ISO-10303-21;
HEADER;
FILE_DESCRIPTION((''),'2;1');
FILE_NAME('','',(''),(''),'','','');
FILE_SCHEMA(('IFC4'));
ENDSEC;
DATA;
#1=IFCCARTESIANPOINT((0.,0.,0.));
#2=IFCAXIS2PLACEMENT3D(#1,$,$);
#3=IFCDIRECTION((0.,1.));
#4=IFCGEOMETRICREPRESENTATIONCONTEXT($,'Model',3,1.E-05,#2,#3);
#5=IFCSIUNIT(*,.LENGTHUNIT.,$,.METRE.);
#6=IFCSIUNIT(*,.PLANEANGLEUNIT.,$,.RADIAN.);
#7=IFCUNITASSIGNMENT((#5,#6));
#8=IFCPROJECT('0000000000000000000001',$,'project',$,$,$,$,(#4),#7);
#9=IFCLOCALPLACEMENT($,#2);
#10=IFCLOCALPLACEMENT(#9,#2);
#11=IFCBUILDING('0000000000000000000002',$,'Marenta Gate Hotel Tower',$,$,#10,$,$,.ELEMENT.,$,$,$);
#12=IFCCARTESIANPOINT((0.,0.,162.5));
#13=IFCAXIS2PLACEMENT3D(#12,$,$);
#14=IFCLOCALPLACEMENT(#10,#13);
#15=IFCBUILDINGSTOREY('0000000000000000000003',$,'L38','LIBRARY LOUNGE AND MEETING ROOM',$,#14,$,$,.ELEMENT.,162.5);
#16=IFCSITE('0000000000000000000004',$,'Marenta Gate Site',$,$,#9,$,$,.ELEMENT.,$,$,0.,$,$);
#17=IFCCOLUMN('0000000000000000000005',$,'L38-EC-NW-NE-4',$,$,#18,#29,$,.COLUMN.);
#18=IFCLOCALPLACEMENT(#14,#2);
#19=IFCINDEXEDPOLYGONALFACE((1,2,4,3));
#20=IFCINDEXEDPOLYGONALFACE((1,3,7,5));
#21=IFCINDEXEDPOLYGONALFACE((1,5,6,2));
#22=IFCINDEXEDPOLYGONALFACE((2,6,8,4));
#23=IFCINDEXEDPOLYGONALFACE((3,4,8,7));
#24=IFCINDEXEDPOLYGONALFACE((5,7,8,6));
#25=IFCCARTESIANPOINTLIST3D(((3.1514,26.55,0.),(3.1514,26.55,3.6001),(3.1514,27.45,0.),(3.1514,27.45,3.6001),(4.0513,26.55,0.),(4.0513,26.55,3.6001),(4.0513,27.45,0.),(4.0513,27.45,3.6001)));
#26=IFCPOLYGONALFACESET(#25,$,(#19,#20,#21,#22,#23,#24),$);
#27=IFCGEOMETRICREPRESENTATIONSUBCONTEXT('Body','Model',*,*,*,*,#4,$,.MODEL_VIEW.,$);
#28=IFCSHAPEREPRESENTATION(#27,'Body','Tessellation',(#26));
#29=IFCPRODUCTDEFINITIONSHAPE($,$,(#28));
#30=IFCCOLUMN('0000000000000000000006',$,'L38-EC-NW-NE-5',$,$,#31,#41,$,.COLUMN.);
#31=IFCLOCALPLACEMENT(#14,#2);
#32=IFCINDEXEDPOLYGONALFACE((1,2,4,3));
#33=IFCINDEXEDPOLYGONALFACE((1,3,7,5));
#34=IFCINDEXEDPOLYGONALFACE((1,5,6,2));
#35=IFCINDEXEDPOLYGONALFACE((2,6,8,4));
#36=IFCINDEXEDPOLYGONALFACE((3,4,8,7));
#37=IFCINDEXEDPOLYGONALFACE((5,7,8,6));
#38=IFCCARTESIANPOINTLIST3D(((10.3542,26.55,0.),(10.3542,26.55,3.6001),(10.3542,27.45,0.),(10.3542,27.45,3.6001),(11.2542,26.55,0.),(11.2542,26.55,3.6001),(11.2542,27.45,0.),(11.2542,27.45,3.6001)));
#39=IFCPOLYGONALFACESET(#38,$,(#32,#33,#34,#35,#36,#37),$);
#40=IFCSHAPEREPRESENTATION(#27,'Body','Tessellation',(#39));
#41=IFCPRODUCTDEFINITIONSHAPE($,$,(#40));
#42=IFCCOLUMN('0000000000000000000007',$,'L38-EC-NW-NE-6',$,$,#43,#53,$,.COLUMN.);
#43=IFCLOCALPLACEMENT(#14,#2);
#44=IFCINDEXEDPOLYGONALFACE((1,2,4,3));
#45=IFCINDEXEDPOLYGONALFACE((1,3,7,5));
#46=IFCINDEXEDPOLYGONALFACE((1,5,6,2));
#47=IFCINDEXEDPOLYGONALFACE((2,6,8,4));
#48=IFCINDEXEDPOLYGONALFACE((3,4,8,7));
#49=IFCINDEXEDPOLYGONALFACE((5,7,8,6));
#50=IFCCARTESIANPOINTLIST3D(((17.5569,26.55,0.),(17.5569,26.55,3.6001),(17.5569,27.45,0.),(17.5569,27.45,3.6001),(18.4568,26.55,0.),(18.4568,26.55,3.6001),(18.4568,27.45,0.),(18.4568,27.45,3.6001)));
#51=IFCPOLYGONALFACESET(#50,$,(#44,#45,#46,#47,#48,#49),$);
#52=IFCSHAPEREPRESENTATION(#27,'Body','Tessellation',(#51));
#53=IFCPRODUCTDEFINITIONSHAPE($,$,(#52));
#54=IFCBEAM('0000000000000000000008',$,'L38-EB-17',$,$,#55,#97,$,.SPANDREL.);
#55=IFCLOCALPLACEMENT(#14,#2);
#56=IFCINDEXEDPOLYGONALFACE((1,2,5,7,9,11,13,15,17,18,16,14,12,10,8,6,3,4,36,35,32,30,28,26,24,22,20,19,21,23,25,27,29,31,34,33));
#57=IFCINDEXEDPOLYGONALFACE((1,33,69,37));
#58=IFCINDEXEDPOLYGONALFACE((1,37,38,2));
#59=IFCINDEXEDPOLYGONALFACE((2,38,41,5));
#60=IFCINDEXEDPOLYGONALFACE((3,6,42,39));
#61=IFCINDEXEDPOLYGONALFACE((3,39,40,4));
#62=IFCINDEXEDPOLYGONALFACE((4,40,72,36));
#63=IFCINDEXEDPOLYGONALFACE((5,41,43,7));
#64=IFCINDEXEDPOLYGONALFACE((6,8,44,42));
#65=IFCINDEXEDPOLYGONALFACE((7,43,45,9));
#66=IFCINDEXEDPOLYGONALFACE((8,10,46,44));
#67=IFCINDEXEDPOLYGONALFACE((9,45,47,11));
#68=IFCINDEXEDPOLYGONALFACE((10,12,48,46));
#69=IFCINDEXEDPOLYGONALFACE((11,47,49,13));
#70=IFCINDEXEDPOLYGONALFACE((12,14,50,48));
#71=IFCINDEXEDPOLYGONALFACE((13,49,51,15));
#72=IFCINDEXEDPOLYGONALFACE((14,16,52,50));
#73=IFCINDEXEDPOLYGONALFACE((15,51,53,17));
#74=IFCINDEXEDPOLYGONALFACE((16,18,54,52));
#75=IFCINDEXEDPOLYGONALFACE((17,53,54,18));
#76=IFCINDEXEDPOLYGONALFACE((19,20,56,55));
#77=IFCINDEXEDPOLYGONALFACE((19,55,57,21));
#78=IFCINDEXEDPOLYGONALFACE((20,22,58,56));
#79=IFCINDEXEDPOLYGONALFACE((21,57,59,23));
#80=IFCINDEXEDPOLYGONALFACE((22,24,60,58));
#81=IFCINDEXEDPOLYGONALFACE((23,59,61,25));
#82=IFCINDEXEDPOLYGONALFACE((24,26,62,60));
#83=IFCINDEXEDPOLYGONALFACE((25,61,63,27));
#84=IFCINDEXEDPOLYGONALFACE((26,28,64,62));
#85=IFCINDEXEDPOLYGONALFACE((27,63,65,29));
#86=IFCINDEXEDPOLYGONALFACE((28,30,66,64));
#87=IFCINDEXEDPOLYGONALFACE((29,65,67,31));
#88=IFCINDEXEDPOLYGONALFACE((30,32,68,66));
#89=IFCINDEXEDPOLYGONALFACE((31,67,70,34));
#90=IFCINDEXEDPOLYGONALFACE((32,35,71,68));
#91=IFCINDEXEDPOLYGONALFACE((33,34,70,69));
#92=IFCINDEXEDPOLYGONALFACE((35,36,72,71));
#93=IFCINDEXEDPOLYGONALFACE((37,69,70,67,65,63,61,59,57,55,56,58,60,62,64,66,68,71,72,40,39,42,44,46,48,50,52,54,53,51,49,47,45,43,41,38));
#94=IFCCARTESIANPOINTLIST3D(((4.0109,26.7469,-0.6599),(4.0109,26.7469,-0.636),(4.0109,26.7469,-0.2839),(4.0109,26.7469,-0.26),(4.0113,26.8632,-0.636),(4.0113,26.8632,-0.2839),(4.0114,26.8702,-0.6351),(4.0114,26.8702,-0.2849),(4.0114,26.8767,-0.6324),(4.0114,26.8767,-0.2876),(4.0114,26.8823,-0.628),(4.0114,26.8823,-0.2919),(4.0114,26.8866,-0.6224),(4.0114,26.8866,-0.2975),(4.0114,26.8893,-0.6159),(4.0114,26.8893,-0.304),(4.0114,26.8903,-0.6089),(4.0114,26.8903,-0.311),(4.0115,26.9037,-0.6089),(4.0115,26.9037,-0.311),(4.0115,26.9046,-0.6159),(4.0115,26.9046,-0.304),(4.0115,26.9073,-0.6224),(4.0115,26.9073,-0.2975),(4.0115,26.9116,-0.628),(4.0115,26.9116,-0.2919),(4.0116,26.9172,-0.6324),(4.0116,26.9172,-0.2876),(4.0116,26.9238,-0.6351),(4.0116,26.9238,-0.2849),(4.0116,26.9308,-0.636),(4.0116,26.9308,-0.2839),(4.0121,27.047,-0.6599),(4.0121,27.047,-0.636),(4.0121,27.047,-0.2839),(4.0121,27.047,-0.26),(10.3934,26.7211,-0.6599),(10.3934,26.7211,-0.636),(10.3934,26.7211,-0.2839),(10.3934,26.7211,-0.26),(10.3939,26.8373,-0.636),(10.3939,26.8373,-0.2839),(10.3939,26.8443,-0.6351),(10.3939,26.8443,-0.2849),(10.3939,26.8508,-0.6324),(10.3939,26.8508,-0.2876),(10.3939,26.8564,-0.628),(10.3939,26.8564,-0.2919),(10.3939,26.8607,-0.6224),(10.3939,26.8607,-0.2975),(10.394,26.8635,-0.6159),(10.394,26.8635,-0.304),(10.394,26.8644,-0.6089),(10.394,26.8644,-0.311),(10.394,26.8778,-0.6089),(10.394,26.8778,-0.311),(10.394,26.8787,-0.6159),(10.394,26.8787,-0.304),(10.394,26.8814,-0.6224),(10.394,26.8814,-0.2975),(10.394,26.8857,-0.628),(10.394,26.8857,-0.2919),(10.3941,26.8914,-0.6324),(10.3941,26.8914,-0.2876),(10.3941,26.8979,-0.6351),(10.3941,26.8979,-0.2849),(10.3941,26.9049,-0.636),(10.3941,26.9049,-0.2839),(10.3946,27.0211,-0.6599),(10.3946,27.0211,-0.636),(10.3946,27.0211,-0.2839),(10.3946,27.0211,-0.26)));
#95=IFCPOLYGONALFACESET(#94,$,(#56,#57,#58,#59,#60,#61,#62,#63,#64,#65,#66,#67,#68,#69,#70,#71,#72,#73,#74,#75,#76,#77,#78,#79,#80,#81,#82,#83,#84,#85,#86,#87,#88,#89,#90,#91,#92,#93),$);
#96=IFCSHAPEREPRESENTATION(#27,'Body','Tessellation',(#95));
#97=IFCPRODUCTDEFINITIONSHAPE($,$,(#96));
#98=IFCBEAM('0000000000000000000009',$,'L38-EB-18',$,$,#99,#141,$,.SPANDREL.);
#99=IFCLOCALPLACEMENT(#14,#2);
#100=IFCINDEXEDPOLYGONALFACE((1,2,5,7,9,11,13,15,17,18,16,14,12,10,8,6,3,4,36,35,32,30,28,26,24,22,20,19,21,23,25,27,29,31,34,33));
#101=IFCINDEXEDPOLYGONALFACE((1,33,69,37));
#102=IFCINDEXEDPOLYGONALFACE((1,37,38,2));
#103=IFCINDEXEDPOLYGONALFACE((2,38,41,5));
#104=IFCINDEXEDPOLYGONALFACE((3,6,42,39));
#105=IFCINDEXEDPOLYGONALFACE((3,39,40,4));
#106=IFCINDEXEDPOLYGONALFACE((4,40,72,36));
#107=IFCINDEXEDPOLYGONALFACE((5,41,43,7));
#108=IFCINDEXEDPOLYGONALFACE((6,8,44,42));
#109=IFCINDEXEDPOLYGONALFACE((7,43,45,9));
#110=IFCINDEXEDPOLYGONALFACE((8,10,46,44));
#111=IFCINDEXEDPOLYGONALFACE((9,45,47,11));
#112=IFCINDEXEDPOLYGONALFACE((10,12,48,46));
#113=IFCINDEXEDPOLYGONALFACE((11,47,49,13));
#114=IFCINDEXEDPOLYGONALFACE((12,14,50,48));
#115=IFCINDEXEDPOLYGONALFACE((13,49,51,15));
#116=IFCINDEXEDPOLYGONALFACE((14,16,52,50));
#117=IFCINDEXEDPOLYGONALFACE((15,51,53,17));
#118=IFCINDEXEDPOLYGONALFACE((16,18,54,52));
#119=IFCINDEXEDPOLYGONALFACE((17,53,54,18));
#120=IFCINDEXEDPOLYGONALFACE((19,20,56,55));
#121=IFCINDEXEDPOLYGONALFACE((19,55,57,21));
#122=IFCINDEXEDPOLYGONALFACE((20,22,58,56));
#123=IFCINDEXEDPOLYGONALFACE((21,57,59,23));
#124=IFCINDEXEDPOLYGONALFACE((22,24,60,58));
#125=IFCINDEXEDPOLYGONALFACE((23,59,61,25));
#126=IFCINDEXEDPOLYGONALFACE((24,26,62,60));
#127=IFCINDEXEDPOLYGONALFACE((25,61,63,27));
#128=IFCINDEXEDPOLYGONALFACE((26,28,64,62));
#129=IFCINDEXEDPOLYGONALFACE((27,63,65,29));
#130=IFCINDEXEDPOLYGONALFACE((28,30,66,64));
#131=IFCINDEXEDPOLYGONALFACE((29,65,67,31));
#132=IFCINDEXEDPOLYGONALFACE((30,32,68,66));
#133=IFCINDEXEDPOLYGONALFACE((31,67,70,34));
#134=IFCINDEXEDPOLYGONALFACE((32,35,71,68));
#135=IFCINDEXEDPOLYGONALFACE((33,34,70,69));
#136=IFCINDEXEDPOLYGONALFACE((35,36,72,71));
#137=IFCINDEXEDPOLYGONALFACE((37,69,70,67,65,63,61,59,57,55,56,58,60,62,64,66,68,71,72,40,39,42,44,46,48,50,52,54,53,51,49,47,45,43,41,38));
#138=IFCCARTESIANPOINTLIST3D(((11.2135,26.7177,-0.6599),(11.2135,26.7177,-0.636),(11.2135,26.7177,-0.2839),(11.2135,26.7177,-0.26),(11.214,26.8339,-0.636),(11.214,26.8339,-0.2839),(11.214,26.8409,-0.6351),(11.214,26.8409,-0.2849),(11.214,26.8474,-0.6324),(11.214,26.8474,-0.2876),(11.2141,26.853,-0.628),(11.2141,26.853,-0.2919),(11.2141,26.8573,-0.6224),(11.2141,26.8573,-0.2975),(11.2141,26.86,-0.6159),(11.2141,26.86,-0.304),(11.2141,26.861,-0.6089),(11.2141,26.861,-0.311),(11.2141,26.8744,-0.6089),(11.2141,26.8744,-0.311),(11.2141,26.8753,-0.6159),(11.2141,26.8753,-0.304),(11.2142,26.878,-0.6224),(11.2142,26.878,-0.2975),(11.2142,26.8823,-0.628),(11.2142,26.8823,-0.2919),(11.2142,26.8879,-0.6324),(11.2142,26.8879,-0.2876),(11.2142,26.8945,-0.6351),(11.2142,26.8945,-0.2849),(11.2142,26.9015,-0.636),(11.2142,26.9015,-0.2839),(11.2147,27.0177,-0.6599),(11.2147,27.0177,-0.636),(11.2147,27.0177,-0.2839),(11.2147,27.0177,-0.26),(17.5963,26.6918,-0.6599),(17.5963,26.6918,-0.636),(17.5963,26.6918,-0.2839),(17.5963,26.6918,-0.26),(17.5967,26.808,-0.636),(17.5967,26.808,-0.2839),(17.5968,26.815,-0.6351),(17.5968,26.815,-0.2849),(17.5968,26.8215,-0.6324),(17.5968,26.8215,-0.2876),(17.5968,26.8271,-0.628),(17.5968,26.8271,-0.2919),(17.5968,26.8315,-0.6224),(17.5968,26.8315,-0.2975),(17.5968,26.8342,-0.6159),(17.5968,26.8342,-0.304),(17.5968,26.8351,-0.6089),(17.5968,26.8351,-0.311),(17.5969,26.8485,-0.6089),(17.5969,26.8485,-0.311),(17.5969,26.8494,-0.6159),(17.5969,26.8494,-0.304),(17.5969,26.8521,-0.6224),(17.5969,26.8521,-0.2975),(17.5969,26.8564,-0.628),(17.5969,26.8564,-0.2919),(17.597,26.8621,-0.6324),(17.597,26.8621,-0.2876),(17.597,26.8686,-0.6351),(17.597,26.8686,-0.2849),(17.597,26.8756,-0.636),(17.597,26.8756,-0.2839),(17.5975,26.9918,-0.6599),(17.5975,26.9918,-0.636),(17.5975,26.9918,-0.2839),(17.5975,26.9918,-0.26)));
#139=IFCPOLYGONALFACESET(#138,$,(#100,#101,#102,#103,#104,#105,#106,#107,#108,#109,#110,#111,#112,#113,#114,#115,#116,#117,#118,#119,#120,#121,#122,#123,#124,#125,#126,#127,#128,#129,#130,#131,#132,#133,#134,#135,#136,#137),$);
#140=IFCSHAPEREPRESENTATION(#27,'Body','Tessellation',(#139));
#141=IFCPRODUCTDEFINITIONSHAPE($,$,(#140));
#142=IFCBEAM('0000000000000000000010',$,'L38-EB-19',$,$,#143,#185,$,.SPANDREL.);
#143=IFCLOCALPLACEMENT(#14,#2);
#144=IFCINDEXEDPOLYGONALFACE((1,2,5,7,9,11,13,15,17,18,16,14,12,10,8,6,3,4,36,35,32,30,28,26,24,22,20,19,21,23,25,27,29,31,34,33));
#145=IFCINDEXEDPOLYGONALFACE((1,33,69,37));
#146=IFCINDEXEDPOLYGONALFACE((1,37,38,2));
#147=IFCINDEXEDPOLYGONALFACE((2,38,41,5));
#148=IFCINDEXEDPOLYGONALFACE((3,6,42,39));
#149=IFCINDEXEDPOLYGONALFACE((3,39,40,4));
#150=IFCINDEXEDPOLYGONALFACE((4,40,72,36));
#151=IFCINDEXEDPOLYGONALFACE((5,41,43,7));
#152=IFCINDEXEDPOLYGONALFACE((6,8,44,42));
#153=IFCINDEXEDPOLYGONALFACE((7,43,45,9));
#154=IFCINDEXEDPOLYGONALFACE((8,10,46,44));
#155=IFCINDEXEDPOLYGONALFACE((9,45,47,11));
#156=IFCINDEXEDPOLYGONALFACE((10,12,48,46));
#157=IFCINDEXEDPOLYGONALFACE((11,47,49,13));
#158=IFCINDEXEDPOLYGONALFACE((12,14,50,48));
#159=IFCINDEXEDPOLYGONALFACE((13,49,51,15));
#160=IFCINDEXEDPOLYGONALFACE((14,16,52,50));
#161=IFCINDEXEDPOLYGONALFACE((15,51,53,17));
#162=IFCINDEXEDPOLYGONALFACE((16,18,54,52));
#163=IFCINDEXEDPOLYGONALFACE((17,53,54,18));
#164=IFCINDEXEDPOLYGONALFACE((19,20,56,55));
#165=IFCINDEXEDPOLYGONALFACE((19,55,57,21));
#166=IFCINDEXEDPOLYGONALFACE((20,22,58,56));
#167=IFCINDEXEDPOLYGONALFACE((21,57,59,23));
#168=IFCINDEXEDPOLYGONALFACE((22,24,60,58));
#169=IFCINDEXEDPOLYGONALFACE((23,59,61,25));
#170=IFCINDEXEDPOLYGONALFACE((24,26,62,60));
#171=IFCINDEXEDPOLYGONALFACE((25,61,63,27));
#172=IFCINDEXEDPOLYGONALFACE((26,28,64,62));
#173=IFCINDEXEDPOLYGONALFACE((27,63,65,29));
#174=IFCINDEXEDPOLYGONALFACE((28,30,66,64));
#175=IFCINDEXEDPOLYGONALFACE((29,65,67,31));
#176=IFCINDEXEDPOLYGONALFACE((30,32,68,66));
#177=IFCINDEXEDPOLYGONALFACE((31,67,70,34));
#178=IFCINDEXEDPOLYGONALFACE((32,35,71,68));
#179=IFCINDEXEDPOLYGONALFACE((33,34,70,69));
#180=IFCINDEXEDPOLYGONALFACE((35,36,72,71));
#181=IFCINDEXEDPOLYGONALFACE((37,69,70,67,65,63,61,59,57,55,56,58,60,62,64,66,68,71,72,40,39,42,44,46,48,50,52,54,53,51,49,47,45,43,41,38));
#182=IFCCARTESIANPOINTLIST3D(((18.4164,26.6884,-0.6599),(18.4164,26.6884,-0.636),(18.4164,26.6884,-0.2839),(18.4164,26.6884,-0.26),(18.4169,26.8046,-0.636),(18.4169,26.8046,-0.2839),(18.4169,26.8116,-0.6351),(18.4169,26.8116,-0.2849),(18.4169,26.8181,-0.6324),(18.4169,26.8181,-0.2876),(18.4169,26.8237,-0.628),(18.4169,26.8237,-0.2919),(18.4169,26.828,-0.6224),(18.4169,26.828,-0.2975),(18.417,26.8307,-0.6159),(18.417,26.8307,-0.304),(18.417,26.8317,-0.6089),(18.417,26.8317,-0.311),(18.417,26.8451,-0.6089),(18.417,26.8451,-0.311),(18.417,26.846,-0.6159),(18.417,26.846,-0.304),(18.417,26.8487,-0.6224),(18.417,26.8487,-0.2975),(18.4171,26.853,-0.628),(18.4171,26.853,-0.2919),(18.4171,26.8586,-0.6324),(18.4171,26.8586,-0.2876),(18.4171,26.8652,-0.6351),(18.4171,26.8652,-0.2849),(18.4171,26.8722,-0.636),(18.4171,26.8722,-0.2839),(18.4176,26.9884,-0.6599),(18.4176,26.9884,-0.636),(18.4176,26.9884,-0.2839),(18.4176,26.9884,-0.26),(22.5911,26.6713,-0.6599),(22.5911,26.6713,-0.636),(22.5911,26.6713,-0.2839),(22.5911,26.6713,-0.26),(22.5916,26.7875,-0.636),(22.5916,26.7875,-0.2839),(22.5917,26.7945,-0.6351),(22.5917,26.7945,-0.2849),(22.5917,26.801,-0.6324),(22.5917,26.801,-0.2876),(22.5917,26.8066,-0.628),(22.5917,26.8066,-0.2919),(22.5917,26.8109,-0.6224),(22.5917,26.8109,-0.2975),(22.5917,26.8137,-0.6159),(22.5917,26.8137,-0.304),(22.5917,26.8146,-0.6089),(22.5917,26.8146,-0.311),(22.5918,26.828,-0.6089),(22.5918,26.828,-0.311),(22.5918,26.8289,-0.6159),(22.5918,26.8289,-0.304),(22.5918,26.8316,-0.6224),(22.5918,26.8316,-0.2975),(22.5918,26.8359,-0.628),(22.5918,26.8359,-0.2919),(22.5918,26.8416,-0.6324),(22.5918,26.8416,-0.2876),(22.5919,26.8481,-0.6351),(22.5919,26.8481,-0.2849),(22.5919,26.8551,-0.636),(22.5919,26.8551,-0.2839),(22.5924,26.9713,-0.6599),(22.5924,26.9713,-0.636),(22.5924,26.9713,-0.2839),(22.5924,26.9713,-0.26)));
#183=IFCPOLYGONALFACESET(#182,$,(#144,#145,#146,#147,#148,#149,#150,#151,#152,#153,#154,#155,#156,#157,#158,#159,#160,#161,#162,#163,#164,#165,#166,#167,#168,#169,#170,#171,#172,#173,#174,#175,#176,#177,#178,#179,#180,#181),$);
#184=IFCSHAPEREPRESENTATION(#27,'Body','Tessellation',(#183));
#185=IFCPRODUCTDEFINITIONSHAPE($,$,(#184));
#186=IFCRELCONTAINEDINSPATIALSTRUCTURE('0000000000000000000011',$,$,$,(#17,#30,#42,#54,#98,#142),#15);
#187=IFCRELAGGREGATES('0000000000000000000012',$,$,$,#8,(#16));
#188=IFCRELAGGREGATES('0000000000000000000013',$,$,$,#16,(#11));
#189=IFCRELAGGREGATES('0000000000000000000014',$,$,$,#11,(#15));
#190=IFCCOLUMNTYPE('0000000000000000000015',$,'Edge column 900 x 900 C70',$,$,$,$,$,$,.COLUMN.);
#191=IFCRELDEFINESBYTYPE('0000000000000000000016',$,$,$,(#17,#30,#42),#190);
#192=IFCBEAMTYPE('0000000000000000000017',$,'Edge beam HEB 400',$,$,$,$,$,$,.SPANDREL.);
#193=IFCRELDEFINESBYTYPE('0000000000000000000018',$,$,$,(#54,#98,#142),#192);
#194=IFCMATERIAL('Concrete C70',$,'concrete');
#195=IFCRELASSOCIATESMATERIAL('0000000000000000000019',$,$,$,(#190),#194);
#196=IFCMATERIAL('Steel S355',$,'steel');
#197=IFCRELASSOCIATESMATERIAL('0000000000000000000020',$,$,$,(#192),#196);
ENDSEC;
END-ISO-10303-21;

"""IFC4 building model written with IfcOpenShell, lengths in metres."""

from ifc_helpers import new_model, si_unit, direction, frame, origin, origin_2d, place, context, subcontext, project, spatial, rectangle, i_section, extrude, material, material_profile, profile_set, type_object, element, save


model = new_model("IFC4")

# Units and contexts
model_context = context("Model", 3, precision=1e-05, world=origin(), true_north=direction((0.0, 1.0)))
body_context = subcontext(model_context, "Body", "Model", "MODEL_VIEW")
ifc_project = project(units=[si_unit("LENGTHUNIT", "METRE"), si_unit("PLANEANGLEUNIT", "RADIAN")], contexts=[model_context])

# Site, building, storey
site_placement = place(None, origin())
site = spatial("IfcSite", under=ifc_project, at=site_placement, Name="Marenta Gate Site", CompositionType="ELEMENT", RefElevation=0.0)
building_placement = place(site_placement, origin())
building = spatial("IfcBuilding", under=site, at=building_placement, Name="Marenta Gate Hotel Tower", CompositionType="ELEMENT")
storey_placement = place(building_placement, frame((0.0, 0.0, 162.5)))
storey = spatial("IfcBuildingStorey", under=building, at=storey_placement, Name="L38", Description="LIBRARY LOUNGE AND MEETING ROOM", CompositionType="ELEMENT", Elevation=162.5)

# Columns
ifc_material_1 = material(Name="Concrete C70", Category="concrete")
ifc_material_profile_1 = material_profile(ifc_material_1, rectangle(XDim=0.8999, YDim=0.8999, at=origin_2d()), Name="900 x 900")
ifc_profile_set_1 = profile_set([ifc_material_profile_1], Name="Concrete C70")
column_type = type_object("IfcColumnType", Name="Edge column 900 x 900 C70", PredefinedType="COLUMN", material=ifc_profile_set_1)
for number, where, z_axis, x_axis, name in (
    (1, (3.6013, 27.0, 0.0), (0.0, 0.0, 1.0), (1.0, 0.0, 0.0), "L38-EC-NW-NE-4"),
    (2, (10.8042, 27.0, 0.0), (0.0, 0.0, 1.0), (1.0, 0.0, 0.0), "L38-EC-NW-NE-5"),
    (3, (18.0068, 27.0, 0.0), (0.0, 0.0, 1.0), (1.0, 0.0, 0.0), "L38-EC-NW-NE-6"),
):
    element("IfcColumn", number, at=place(storey_placement, frame(where, z_axis=z_axis, x_axis=x_axis)), inside=storey, type_object=column_type, Name=name, PredefinedType="COLUMN", context=body_context, shape_type="SweptSolid", body=[
        extrude(rectangle(XDim=0.8999, YDim=0.8999, at=origin_2d()), origin(), (0.0, 0.0, 1.0), 3.6001),
    ])

# Beams
ifc_material_2 = material(Name="Steel S355", Category="steel")
ifc_material_profile_2 = material_profile(ifc_material_2, i_section(OverallWidth=0.3, OverallDepth=0.3999, WebThickness=0.0134, FlangeThickness=0.0239, FilletRadius=0.0271, at=origin_2d()), Name="HEB 400")
ifc_profile_set_2 = profile_set([ifc_material_profile_2], Name="Steel S355")
beam_type_1 = type_object("IfcBeamType", Name="Edge beam HEB 400", PredefinedType="SPANDREL", material=ifc_profile_set_2)
beam_1_placement = place(storey_placement, frame((4.0115, 26.897, -0.46), z_axis=(0.999992, -0.004055, 0.0), x_axis=(0.004055, 0.999992, 0.0)))
element("IfcBeam", 4, at=beam_1_placement, inside=storey, type_object=beam_type_1, Name="L38-EB-17", PredefinedType="SPANDREL", context=body_context, shape_type="SweptSolid", body=[
    extrude(i_section(OverallWidth=0.3, OverallDepth=0.3999, WebThickness=0.0134, FlangeThickness=0.0239, FilletRadius=0.0271, at=origin_2d()), origin(), (0.0, 0.0, 1.0), 6.3826),
])
beam_2_placement = place(storey_placement, frame((11.2141, 26.8677, -0.46), z_axis=(0.999992, -0.004054, 0.0), x_axis=(0.004054, 0.999992, 0.0)))
element("IfcBeam", 5, at=beam_2_placement, inside=storey, type_object=beam_type_1, Name="L38-EB-18", PredefinedType="SPANDREL", context=body_context, shape_type="SweptSolid", body=[
    extrude(i_section(OverallWidth=0.3, OverallDepth=0.3999, WebThickness=0.0134, FlangeThickness=0.0239, FilletRadius=0.0271, at=origin_2d()), origin(), (0.0, 0.0, 1.0), 6.3828),
])
beam_3_placement = place(storey_placement, frame((18.417, 26.8384, -0.46), z_axis=(0.999992, -0.004094, 0.0), x_axis=(0.004094, 0.999992, 0.0)))
element("IfcBeam", 6, at=beam_3_placement, inside=storey, type_object=beam_type_1, Name="L38-EB-19", PredefinedType="SPANDREL", context=body_context, shape_type="SweptSolid", body=[
    extrude(i_section(OverallWidth=0.3, OverallDepth=0.3999, WebThickness=0.0134, FlangeThickness=0.0239, FilletRadius=0.0271, at=origin_2d()), origin(), (0.0, 0.0, 1.0), 4.1748),
])

save(model, "model.ifc")
